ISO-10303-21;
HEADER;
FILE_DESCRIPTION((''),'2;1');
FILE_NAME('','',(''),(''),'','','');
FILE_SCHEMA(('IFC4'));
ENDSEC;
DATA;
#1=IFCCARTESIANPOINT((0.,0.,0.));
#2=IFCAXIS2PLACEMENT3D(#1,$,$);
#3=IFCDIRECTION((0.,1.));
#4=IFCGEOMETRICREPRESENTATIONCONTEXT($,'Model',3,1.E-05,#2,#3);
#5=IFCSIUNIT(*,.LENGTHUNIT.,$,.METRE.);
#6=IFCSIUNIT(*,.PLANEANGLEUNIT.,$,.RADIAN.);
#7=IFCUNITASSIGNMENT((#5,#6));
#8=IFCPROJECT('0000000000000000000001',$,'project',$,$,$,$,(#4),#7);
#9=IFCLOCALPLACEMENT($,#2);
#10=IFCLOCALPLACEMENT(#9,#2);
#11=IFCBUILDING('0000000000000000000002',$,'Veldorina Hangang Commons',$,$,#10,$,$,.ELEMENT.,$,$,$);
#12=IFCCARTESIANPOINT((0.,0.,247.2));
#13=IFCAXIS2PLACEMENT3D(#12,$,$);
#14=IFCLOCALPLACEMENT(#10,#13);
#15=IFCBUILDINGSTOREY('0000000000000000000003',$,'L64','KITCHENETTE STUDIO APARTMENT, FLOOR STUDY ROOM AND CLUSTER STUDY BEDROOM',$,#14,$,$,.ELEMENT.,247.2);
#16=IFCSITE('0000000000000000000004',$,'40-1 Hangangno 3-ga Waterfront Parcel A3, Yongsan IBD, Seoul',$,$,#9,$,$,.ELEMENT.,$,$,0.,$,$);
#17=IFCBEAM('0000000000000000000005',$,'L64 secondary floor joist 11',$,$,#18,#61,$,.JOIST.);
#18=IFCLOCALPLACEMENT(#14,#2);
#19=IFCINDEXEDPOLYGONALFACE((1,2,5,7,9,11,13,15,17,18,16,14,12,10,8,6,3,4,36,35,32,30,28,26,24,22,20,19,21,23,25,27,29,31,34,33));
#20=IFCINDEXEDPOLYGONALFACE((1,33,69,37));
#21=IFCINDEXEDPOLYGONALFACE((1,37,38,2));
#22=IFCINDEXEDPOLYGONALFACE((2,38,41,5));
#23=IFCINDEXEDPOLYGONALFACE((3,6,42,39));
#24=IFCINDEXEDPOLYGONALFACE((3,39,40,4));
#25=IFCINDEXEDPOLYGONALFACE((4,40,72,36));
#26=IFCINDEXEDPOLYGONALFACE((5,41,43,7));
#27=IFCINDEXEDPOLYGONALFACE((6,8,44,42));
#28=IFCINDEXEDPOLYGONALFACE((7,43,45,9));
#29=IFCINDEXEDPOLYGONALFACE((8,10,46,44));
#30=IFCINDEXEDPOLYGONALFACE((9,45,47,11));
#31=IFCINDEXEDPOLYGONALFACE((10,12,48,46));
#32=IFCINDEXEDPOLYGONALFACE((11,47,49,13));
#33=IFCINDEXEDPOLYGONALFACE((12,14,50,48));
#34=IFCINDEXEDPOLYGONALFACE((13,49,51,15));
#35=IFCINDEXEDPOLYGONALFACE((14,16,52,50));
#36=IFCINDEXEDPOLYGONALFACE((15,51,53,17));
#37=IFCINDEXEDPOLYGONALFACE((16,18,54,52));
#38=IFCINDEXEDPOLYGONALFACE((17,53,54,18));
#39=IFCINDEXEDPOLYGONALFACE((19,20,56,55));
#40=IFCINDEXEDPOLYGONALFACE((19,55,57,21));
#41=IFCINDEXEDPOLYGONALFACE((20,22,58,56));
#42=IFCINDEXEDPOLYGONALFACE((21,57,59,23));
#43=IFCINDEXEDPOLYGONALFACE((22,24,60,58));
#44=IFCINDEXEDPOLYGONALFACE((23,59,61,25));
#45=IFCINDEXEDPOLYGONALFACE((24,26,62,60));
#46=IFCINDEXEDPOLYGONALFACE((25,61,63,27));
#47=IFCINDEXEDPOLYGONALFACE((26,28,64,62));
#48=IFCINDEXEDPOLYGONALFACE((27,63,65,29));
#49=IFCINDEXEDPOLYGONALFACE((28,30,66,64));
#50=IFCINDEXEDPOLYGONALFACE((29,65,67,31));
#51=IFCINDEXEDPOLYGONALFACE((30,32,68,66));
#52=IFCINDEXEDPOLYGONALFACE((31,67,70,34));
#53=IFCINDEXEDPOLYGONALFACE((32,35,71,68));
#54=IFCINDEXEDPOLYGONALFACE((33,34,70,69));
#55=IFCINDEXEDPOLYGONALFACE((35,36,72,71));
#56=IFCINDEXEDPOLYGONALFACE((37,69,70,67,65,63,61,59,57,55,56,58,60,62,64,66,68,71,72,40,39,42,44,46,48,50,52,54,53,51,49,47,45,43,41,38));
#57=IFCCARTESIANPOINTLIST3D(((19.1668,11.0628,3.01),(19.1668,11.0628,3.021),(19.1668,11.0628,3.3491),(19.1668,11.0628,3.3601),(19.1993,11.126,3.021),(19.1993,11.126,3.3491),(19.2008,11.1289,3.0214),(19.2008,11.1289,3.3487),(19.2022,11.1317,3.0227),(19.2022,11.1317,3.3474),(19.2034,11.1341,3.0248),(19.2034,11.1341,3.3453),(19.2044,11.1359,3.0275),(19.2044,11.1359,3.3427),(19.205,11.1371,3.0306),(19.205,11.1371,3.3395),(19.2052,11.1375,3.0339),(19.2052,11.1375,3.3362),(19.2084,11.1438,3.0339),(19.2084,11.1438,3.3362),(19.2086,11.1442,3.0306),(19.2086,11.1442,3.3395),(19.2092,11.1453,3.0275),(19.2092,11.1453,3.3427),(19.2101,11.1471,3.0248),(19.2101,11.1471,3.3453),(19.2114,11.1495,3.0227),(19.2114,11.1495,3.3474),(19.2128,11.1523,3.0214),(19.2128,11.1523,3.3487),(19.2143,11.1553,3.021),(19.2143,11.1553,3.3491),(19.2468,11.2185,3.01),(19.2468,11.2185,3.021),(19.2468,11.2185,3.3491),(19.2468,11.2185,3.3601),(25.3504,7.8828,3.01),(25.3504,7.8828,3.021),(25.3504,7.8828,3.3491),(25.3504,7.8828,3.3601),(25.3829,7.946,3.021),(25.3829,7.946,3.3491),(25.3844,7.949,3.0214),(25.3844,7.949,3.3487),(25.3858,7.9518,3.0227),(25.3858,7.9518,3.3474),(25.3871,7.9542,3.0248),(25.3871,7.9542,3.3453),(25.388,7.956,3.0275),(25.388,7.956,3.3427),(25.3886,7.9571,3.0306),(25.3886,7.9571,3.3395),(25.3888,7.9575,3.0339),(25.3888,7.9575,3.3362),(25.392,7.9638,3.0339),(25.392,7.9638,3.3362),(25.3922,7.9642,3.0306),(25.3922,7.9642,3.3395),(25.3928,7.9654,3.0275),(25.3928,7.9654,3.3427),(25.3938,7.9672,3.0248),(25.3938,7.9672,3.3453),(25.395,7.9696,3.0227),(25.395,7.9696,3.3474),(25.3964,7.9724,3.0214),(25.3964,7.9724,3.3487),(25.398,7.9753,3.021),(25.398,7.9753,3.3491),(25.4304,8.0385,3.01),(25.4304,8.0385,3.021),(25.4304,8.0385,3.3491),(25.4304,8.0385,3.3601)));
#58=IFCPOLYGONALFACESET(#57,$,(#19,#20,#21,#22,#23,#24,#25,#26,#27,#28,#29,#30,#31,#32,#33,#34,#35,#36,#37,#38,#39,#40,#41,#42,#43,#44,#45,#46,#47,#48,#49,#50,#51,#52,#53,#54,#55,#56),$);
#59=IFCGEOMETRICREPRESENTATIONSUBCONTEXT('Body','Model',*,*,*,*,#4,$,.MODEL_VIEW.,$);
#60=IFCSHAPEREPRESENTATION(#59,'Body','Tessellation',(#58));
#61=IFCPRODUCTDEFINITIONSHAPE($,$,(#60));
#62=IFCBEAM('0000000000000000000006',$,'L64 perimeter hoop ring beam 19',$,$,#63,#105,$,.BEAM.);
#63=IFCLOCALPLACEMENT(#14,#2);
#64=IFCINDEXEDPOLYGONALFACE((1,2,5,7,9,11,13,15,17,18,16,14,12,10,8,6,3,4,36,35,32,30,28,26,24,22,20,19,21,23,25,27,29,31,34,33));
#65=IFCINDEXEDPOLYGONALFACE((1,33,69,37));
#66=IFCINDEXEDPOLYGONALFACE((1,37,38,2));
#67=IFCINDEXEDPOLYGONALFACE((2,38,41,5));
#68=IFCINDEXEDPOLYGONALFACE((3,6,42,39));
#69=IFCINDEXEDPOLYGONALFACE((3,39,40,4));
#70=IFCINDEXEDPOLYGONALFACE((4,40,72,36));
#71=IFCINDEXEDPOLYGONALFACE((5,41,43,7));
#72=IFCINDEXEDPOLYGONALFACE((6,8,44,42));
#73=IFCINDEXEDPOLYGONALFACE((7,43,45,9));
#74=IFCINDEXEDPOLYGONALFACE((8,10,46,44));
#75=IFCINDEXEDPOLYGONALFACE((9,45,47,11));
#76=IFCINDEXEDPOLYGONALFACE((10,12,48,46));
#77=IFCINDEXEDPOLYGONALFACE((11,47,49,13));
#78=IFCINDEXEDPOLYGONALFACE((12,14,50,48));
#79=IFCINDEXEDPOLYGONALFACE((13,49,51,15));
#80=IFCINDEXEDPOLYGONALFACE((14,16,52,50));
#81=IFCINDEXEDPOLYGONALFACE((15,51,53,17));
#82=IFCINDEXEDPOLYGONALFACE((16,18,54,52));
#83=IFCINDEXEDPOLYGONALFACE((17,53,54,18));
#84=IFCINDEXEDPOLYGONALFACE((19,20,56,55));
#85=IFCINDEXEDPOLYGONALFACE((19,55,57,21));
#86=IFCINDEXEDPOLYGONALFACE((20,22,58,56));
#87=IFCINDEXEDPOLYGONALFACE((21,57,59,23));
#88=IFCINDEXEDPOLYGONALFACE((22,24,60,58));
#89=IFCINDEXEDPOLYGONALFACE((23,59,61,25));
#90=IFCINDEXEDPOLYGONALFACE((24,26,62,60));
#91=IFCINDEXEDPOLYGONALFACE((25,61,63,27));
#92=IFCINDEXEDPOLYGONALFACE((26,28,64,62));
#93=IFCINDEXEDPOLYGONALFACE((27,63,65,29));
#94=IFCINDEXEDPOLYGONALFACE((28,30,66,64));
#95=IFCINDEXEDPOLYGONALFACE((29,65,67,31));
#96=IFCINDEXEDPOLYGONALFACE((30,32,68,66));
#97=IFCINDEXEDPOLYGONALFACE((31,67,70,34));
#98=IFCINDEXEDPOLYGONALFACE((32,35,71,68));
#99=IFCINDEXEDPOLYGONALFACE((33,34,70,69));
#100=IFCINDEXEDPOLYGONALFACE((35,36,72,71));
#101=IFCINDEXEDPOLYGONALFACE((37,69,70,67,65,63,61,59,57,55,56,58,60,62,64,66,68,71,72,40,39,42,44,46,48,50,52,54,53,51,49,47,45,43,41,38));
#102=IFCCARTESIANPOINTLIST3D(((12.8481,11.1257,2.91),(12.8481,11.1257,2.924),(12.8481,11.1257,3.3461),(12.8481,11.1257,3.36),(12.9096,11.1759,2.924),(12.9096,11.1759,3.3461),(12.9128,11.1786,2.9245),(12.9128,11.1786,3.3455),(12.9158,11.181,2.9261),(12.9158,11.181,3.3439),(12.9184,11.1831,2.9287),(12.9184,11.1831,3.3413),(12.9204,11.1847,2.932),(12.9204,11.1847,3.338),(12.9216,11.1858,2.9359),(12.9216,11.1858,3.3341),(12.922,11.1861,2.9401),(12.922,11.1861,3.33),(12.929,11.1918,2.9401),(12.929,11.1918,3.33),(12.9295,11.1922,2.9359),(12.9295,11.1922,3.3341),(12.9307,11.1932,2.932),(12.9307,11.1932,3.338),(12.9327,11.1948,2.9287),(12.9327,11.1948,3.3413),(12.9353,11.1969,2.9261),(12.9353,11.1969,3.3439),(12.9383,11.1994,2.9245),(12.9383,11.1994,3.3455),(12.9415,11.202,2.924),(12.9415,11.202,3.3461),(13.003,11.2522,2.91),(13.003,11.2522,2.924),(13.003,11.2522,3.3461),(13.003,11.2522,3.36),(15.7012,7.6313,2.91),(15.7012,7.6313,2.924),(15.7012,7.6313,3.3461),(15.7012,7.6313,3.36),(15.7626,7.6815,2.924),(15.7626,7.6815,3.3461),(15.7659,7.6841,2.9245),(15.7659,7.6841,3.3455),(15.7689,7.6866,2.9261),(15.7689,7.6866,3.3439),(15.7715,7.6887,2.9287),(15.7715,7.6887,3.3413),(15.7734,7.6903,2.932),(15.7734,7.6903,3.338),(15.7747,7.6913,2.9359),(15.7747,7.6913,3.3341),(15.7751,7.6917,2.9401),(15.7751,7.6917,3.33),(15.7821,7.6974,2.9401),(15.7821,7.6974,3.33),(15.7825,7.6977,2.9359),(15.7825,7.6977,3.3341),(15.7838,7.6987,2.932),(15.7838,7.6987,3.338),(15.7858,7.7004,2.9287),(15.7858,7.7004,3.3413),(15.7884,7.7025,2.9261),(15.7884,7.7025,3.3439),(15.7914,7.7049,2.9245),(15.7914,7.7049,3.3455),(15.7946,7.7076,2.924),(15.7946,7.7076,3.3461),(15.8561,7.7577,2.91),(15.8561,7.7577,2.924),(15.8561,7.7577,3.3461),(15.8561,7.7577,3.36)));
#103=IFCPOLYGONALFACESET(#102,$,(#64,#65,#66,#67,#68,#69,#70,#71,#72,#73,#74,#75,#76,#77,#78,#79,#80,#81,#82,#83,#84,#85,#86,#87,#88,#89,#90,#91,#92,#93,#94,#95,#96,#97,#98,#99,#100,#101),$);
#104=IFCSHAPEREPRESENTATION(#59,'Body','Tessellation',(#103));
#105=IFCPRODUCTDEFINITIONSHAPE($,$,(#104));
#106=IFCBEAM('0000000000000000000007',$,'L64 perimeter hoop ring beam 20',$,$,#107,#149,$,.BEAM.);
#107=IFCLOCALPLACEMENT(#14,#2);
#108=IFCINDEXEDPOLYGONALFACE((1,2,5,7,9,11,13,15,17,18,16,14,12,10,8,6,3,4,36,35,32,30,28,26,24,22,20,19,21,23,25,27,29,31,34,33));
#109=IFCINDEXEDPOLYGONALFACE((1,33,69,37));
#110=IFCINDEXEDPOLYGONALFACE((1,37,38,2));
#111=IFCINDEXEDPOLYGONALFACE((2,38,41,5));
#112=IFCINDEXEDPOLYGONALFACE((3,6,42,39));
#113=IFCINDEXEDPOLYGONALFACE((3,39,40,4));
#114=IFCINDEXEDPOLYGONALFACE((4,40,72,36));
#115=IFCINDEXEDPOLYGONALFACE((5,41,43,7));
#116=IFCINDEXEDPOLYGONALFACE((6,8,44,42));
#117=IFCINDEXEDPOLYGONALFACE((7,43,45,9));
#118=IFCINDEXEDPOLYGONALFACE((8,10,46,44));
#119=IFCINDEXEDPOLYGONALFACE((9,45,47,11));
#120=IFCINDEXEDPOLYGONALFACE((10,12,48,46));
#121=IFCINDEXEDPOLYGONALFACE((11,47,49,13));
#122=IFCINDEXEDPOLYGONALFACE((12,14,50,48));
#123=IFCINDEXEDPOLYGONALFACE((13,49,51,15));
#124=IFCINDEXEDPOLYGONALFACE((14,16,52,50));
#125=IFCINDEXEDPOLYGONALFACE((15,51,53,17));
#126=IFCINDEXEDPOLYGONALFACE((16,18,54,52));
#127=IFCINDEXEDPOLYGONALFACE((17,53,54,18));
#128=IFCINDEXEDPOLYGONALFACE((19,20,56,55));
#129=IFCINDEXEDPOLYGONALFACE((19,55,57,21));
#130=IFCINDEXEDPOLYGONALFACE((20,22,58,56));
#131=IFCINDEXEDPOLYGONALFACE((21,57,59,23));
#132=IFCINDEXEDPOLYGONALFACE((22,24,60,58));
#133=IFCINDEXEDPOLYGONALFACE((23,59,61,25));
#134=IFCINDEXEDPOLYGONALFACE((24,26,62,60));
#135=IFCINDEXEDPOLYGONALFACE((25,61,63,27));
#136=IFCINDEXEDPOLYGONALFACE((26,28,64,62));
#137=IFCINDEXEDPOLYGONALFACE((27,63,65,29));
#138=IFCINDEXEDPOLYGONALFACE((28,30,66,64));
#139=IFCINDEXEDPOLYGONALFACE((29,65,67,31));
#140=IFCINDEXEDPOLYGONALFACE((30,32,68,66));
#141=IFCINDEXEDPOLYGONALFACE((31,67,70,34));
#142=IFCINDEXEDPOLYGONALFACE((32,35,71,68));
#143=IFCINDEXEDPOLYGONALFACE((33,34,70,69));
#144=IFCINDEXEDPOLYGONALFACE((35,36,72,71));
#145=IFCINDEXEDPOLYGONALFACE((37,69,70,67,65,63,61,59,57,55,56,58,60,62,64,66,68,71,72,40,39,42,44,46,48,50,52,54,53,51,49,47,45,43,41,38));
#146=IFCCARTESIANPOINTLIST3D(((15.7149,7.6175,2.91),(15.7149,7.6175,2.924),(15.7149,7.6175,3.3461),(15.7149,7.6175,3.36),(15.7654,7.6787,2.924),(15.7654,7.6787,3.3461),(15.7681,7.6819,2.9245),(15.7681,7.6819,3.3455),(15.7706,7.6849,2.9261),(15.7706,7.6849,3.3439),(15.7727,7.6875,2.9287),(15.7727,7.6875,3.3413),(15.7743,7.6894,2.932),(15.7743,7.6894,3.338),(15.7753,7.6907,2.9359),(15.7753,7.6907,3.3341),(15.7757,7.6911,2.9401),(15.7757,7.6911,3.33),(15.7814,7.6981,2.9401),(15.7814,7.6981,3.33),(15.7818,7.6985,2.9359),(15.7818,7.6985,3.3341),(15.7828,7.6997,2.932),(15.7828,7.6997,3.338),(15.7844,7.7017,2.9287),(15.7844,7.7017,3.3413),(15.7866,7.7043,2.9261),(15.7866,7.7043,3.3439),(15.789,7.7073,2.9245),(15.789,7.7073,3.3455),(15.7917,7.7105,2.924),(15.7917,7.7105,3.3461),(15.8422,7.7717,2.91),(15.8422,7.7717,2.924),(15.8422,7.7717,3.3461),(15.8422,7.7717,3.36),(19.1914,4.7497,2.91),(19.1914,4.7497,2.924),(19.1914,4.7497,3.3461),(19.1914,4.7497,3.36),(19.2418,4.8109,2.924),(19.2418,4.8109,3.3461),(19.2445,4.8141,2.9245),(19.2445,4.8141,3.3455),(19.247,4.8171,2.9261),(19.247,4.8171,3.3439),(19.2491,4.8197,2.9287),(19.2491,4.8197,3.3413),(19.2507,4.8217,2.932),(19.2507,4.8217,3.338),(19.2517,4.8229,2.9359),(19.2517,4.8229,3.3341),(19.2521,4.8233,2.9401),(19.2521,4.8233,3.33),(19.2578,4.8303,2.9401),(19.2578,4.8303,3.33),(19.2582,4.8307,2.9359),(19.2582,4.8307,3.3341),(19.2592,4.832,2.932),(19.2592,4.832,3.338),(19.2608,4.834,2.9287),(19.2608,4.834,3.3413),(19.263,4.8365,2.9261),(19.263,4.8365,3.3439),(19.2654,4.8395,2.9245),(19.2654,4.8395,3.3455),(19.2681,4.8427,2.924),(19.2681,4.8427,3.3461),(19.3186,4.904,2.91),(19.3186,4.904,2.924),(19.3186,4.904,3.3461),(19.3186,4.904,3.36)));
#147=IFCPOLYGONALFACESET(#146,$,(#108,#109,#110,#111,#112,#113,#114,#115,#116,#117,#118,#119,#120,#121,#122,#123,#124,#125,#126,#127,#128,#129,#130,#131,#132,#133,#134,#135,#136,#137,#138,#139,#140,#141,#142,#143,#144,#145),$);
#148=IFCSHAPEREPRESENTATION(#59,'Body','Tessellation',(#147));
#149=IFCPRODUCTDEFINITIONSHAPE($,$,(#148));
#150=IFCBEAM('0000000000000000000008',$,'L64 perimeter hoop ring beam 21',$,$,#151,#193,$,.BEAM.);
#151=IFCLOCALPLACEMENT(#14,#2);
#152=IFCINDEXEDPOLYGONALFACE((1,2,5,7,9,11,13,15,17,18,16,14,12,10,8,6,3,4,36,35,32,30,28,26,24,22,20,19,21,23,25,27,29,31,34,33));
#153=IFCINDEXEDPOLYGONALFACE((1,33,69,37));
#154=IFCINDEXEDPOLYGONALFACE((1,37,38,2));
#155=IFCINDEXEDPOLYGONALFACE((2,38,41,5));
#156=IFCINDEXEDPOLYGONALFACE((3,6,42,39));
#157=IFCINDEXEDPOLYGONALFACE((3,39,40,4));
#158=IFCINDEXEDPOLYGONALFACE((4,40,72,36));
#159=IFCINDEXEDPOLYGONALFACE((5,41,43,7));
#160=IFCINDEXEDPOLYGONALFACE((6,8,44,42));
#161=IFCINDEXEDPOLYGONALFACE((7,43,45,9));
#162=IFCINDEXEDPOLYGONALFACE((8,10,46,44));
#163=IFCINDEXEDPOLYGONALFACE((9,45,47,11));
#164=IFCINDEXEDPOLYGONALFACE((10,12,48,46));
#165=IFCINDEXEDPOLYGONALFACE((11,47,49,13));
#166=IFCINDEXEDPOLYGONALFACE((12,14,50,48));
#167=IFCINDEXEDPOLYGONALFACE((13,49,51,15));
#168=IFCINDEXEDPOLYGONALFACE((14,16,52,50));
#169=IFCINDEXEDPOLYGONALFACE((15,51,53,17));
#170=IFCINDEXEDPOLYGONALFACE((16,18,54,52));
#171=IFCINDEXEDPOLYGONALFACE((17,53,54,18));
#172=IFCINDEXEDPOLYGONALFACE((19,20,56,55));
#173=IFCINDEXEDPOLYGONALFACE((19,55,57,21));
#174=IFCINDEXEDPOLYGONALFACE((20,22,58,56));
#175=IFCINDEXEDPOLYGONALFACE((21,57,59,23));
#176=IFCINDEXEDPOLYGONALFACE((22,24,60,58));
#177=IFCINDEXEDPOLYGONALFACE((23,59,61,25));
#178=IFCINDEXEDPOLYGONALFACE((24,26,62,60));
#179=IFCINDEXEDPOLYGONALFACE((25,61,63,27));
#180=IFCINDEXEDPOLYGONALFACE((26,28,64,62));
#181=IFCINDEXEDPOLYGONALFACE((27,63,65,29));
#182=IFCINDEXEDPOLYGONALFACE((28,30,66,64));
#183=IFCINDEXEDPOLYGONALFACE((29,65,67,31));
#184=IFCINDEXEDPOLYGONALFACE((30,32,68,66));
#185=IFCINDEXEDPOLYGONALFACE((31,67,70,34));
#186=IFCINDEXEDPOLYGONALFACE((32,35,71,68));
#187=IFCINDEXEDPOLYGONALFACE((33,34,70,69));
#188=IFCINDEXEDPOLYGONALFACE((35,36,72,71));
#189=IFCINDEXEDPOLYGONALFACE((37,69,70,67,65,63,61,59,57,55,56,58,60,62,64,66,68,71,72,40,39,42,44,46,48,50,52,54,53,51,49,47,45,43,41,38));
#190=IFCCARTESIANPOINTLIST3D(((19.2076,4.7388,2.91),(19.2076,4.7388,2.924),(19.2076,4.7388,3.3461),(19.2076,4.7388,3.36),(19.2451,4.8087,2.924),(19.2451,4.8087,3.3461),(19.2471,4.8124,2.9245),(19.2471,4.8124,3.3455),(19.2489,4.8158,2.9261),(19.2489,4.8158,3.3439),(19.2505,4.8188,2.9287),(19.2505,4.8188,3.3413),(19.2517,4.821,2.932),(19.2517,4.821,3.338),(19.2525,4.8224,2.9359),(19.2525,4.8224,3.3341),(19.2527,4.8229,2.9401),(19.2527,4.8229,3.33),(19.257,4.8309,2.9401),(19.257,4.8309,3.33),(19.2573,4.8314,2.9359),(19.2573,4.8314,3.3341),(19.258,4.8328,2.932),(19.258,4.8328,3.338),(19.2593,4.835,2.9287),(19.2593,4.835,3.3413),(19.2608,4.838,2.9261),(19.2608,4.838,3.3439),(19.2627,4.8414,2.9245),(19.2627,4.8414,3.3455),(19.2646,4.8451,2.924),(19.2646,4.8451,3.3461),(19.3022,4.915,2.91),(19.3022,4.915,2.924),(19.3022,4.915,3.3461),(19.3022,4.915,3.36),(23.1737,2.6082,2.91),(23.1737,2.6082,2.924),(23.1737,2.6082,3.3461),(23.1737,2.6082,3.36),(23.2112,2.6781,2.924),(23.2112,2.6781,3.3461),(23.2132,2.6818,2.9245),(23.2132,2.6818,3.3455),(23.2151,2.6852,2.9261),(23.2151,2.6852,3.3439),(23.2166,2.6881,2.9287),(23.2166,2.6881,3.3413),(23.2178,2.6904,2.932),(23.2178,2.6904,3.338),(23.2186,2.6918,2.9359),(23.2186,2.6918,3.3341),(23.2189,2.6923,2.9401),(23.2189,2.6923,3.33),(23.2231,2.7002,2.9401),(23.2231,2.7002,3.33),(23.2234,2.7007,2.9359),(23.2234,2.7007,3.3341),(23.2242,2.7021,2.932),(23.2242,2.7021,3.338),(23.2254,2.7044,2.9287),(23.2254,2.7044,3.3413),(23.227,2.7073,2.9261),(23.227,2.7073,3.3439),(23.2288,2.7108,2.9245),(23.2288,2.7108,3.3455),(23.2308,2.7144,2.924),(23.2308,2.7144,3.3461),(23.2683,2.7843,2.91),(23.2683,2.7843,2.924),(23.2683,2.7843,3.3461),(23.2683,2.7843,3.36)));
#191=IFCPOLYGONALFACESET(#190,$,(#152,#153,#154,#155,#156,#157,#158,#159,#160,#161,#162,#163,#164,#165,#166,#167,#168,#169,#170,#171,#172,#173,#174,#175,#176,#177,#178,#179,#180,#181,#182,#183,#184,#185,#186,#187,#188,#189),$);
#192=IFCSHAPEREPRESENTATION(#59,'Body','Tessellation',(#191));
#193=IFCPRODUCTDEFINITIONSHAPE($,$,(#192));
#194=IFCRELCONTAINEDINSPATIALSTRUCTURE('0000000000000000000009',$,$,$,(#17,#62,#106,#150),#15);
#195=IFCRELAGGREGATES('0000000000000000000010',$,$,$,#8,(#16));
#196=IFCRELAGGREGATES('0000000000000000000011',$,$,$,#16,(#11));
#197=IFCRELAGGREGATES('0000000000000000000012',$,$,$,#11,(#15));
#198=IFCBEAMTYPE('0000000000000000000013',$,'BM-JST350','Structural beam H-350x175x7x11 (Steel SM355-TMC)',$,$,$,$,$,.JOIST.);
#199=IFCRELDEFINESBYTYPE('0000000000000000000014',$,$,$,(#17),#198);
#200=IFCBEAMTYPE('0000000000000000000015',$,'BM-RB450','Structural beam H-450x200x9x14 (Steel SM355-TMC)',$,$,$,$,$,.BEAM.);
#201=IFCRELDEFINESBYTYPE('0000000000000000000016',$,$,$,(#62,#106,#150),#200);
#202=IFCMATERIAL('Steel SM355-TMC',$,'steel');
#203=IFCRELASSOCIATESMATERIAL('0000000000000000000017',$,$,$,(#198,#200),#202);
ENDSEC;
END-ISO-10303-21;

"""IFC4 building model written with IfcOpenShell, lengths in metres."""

from ifc_helpers import new_model, si_unit, direction, frame, origin, origin_2d, place, context, subcontext, project, spatial, i_section, extrude, material, material_profile, profile_set, type_object, element, save


model = new_model("IFC4")

# Units and contexts
model_context = context("Model", 3, precision=1e-05, world=origin(), true_north=direction((0.0, 1.0)))
body_context = subcontext(model_context, "Body", "Model", "MODEL_VIEW")
ifc_project = project(units=[si_unit("LENGTHUNIT", "METRE"), si_unit("PLANEANGLEUNIT", "RADIAN")], contexts=[model_context])

# Site, building, storey
site_placement = place(None, origin())
site = spatial("IfcSite", under=ifc_project, at=site_placement, Name="40-1 Hangangno 3-ga Waterfront Parcel A3, Yongsan IBD, Seoul", CompositionType="ELEMENT", RefElevation=0.0)
building_placement = place(site_placement, origin())
building = spatial("IfcBuilding", under=site, at=building_placement, Name="Veldorina Hangang Commons", CompositionType="ELEMENT")
storey_placement = place(building_placement, frame((0.0, 0.0, 247.2)))
storey = spatial("IfcBuildingStorey", under=building, at=storey_placement, Name="L64", Description="KITCHENETTE STUDIO APARTMENT, FLOOR STUDY ROOM AND CLUSTER STUDY BEDROOM", CompositionType="ELEMENT", Elevation=247.2)

# Beams
ifc_material_1 = material(Name="Steel SM355-TMC", Category="steel")
ifc_material_profile_1 = material_profile(ifc_material_1, i_section(OverallWidth=0.175, OverallDepth=0.3501, WebThickness=0.0071, FlangeThickness=0.011, FilletRadius=0.0129, at=origin_2d()), Name="H-350x175x7x11")
ifc_profile_set_1 = profile_set([ifc_material_profile_1], Name="Steel SM355-TMC")
beam_type_1 = type_object("IfcBeamType", Name="BM-JST350", Description="Structural beam H-350x175x7x11 (Steel SM355-TMC)", PredefinedType="JOIST", material=ifc_profile_set_1)
beam_1_placement = place(storey_placement, frame((19.2068, 11.1406, 3.1851), z_axis=(0.8893, -0.457325, 0.0), x_axis=(0.457325, 0.8893, 0.0)))
element("IfcBeam", 1, at=beam_1_placement, inside=storey, type_object=beam_type_1, Name="L64 secondary floor joist 11", PredefinedType="JOIST", context=body_context, shape_type="SweptSolid", body=[
    extrude(i_section(OverallWidth=0.175, OverallDepth=0.3501, WebThickness=0.0071, FlangeThickness=0.011, FilletRadius=0.0129, at=origin_2d()), origin(), (0.0, 0.0, 1.0), 6.9534),
])
ifc_material_profile_2 = material_profile(ifc_material_1, i_section(OverallWidth=0.2, OverallDepth=0.45, WebThickness=0.009, FlangeThickness=0.0139, FilletRadius=0.0161, at=origin_2d()), Name="H-450x200x9x14")
ifc_profile_set_2 = profile_set([ifc_material_profile_2], Name="Steel SM355-TMC")
beam_type_2 = type_object("IfcBeamType", Name="BM-RB450", Description="Structural beam H-450x200x9x14 (Steel SM355-TMC)", PredefinedType="BEAM", material=ifc_profile_set_2)
beam_2_placement = place(storey_placement, frame((12.9255, 11.189, 3.135), z_axis=(0.632439, -0.77461, 0.0), x_axis=(0.77461, 0.632439, 0.0)))
element("IfcBeam", 2, at=beam_2_placement, inside=storey, type_object=beam_type_2, Name="L64 perimeter hoop ring beam 19", PredefinedType="BEAM", context=body_context, shape_type="SweptSolid", body=[
    extrude(i_section(OverallWidth=0.2, OverallDepth=0.45, WebThickness=0.009, FlangeThickness=0.0139, FilletRadius=0.0161, at=origin_2d()), origin(), (0.0, 0.0, 1.0), 4.5112),
])
beam_3_placement = place(storey_placement, frame((15.7786, 7.6946, 3.135), z_axis=(0.771405, -0.636345, 0.0), x_axis=(0.636345, 0.771405, 0.0)))
element("IfcBeam", 3, at=beam_3_placement, inside=storey, type_object=beam_type_2, Name="L64 perimeter hoop ring beam 20", PredefinedType="BEAM", context=body_context, shape_type="SweptSolid", body=[
    extrude(i_section(OverallWidth=0.2, OverallDepth=0.45, WebThickness=0.009, FlangeThickness=0.0139, FilletRadius=0.0161, at=origin_2d()), origin(), (0.0, 0.0, 1.0), 4.5066),
])
beam_4_placement = place(storey_placement, frame((19.2549, 4.8269, 3.135), z_axis=(0.88093, -0.473246, 0.0), x_axis=(0.473246, 0.88093, 0.0)))
element("IfcBeam", 4, at=beam_4_placement, inside=storey, type_object=beam_type_2, Name="L64 perimeter hoop ring beam 21", PredefinedType="BEAM", context=body_context, shape_type="SweptSolid", body=[
    extrude(i_section(OverallWidth=0.2, OverallDepth=0.45, WebThickness=0.009, FlangeThickness=0.0139, FilletRadius=0.0161, at=origin_2d()), origin(), (0.0, 0.0, 1.0), 4.5022),
])

save(model, "model.ifc")
